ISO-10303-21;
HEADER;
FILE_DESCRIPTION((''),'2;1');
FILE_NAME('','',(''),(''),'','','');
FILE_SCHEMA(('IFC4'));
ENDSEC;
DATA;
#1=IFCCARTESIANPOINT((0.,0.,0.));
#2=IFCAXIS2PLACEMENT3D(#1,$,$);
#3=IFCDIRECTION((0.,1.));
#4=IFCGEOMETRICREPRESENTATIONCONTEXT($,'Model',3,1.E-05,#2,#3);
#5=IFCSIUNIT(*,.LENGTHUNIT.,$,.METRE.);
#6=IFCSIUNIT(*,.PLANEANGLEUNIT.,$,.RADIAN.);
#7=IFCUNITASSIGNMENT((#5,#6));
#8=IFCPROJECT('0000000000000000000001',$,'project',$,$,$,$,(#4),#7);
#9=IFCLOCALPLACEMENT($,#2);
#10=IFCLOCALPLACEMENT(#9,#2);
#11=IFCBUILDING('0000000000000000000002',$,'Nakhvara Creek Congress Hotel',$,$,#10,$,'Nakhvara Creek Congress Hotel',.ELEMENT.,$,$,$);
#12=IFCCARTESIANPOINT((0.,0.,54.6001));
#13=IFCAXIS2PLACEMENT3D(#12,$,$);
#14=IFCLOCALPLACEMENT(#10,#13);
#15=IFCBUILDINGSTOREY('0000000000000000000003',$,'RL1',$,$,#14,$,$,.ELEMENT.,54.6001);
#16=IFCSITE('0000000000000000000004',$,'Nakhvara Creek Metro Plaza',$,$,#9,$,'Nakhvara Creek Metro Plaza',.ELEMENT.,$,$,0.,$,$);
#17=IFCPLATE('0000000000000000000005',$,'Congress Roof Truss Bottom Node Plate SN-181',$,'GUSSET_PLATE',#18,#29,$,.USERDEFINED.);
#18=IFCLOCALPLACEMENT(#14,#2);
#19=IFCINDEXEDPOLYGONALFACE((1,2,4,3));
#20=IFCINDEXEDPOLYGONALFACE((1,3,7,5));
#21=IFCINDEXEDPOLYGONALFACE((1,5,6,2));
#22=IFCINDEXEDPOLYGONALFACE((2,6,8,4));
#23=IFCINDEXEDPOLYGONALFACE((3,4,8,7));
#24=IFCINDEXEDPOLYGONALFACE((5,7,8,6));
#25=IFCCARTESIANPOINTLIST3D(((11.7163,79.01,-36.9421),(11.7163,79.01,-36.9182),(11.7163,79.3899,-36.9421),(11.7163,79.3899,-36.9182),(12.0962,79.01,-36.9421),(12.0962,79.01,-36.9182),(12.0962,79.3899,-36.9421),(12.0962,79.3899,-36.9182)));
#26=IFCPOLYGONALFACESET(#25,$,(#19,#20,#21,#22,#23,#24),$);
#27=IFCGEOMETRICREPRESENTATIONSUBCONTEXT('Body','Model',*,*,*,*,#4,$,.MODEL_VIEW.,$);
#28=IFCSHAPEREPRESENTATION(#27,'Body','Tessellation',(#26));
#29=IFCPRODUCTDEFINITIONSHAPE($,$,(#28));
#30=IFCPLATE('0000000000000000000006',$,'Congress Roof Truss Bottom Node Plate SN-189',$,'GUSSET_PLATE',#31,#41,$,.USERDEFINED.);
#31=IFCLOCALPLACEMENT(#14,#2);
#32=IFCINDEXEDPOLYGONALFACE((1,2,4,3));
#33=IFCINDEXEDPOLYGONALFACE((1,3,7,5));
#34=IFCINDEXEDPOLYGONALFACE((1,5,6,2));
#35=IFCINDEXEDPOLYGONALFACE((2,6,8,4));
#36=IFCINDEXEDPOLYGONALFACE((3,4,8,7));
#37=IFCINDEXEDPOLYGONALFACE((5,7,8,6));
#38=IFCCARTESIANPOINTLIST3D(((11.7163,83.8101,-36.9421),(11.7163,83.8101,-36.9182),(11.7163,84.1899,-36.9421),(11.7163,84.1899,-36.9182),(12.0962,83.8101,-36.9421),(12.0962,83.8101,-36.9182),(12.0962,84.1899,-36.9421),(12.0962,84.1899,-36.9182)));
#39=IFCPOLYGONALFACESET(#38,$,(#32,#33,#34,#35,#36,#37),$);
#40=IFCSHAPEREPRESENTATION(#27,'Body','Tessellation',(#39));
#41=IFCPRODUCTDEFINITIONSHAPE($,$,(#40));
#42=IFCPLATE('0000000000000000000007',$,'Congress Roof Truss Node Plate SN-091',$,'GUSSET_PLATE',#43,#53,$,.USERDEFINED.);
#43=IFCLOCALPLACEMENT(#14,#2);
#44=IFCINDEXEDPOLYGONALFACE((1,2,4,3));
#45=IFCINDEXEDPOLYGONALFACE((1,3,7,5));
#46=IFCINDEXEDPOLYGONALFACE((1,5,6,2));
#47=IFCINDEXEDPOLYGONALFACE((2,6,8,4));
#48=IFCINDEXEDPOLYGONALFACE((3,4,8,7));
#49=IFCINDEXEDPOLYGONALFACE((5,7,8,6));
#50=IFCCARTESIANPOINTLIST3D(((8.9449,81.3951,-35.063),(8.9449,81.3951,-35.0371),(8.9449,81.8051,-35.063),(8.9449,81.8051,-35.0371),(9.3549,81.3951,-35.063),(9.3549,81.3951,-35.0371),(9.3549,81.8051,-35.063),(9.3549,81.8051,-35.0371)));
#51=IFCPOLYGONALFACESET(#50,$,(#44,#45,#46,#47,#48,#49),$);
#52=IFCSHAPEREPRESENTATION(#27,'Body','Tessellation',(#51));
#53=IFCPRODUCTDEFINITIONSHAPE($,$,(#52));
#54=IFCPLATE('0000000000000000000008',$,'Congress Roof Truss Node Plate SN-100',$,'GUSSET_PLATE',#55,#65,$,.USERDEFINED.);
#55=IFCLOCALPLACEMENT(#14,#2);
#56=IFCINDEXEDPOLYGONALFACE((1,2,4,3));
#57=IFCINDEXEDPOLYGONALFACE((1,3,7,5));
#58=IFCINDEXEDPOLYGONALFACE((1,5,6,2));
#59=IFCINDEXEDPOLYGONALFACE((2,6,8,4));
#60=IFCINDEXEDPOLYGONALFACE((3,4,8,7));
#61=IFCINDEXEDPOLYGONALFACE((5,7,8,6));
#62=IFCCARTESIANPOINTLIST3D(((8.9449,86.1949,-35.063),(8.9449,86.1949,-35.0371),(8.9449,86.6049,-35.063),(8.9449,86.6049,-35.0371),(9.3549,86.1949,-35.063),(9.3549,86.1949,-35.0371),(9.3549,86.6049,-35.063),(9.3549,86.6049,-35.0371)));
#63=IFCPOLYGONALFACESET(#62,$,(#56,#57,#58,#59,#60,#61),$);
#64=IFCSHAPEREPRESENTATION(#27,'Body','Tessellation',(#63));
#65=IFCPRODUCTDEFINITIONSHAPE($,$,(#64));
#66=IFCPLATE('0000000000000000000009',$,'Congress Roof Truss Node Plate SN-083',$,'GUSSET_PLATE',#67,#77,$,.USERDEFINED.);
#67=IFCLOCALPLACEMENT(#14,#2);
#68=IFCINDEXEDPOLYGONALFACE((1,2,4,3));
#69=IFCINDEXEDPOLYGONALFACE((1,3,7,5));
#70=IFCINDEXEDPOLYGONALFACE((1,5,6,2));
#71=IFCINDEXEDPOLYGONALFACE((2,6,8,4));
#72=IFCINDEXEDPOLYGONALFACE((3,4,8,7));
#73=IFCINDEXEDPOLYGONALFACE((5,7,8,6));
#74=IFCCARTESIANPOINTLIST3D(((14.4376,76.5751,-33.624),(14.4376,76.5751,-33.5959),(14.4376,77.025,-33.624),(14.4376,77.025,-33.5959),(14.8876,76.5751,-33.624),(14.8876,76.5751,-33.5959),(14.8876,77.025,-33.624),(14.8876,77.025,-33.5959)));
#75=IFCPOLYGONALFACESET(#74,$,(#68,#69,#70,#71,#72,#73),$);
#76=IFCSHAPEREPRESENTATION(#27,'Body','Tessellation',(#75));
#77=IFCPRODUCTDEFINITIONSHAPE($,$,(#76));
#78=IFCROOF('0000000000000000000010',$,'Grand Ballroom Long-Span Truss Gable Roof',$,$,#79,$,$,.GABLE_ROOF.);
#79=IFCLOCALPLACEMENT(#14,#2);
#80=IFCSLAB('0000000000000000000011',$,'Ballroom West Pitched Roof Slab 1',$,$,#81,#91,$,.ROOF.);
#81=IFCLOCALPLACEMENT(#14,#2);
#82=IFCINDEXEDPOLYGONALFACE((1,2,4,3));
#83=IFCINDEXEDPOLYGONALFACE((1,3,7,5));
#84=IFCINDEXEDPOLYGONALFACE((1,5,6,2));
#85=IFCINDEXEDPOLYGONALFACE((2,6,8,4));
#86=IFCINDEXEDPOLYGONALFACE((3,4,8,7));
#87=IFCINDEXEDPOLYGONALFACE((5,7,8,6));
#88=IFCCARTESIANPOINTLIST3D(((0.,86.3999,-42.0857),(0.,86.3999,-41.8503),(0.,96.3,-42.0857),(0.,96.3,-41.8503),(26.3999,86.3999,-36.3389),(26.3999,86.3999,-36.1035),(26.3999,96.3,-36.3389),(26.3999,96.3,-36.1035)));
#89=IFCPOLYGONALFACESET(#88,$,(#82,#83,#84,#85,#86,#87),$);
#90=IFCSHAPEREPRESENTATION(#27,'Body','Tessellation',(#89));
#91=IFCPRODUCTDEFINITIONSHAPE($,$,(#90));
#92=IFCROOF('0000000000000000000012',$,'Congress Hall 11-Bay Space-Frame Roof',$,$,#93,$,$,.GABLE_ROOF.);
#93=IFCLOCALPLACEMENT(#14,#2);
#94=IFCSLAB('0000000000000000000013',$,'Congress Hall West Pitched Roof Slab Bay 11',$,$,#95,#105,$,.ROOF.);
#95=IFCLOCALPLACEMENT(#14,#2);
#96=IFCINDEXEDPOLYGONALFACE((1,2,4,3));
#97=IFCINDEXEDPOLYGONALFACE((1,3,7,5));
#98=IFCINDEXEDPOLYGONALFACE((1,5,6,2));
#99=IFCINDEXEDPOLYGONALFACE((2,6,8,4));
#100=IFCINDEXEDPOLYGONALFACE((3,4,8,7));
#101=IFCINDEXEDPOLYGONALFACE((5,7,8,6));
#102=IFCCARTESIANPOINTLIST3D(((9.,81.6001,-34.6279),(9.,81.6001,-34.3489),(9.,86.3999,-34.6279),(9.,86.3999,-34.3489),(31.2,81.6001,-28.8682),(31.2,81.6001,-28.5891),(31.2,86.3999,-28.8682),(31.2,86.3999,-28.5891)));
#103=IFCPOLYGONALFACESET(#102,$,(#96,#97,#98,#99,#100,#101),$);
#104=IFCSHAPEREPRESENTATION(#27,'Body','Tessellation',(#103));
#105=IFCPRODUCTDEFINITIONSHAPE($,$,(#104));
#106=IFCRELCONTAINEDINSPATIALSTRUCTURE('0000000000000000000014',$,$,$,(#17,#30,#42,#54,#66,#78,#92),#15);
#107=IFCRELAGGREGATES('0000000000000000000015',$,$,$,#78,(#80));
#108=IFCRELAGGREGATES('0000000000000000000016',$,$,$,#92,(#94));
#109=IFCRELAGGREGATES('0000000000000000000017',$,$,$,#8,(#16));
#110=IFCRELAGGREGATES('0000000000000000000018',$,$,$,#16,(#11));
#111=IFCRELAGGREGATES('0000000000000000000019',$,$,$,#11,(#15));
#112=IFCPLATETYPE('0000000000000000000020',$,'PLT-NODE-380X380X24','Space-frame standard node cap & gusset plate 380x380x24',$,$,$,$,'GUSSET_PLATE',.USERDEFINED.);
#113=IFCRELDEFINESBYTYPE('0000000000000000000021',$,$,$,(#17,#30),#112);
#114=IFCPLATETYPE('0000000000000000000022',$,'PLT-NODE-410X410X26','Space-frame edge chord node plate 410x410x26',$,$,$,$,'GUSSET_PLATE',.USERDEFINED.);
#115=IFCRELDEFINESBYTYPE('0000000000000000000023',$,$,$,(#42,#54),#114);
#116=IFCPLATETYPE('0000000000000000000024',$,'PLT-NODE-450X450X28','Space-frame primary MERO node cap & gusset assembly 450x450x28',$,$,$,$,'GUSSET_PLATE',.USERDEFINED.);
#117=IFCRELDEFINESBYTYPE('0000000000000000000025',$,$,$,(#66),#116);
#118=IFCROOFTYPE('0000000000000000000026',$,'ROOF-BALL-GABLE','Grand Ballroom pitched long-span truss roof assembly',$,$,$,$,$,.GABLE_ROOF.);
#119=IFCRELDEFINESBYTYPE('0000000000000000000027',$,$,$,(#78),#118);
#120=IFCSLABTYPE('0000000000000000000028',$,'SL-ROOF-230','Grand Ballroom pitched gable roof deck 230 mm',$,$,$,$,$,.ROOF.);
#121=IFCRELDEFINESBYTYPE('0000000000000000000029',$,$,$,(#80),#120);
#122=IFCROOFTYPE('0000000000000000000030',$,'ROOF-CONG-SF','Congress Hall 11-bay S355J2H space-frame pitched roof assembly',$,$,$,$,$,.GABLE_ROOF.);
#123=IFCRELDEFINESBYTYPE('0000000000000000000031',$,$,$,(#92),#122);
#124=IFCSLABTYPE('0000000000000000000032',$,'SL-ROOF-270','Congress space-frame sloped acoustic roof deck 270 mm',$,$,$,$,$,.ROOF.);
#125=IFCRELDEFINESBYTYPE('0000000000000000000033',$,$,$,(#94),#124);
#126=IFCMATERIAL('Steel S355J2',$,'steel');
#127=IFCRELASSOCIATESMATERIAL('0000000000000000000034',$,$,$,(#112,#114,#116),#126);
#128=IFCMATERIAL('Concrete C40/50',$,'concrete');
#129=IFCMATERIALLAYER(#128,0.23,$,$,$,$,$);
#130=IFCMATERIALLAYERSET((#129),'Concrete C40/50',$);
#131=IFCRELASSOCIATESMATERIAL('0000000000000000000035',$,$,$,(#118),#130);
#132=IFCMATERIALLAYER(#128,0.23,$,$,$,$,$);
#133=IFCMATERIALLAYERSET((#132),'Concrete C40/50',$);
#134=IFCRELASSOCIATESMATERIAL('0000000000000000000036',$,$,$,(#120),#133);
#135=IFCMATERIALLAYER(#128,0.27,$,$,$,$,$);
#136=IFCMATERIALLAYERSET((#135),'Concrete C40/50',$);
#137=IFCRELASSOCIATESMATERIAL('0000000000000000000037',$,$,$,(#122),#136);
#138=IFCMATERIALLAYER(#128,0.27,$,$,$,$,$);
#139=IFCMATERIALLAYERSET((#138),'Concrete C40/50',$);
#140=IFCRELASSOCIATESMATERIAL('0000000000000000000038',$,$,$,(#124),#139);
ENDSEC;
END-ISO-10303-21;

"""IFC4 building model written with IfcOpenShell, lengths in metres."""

from ifc_helpers import new_model, si_unit, direction, frame, origin, origin_2d, place, context, subcontext, project, spatial, polyline, rectangle, outline, extrude, material, layer, layer_set, type_object, element, aggregate, save


model = new_model("IFC4")

# Units and contexts
model_context = context("Model", 3, precision=1e-05, world=origin(), true_north=direction((0.0, 1.0)))
body_context = subcontext(model_context, "Body", "Model", "MODEL_VIEW")
ifc_project = project(units=[si_unit("LENGTHUNIT", "METRE"), si_unit("PLANEANGLEUNIT", "RADIAN")], contexts=[model_context])

# Site, building, storey
site_placement = place(None, origin())
site = spatial("IfcSite", under=ifc_project, at=site_placement, Name="Nakhvara Creek Metro Plaza", LongName="Nakhvara Creek Metro Plaza", CompositionType="ELEMENT", RefElevation=0.0)
building_placement = place(site_placement, origin())
building = spatial("IfcBuilding", under=site, at=building_placement, Name="Nakhvara Creek Congress Hotel", LongName="Nakhvara Creek Congress Hotel", CompositionType="ELEMENT")
storey_placement = place(building_placement, frame((0.0, 0.0, 54.6001)))
storey = spatial("IfcBuildingStorey", under=building, at=storey_placement, Name="RL1", CompositionType="ELEMENT", Elevation=54.6001)

# Plates
ifc_material_1 = material(Name="Steel S355J2", Category="steel")
plate_type_1 = type_object("IfcPlateType", Name="PLT-NODE-380X380X24", Description="Space-frame standard node cap & gusset plate 380x380x24", ElementType="GUSSET_PLATE", PredefinedType="USERDEFINED", material=ifc_material_1)
for number, where, z_axis, x_axis, name in (
    (1, (11.9062, 79.2, -36.9421), (0.0, 0.0, 1.0), (1.0, 0.0, 0.0), "Congress Roof Truss Bottom Node Plate SN-181"),
    (2, (11.9062, 84.0, -36.9421), (0.0, 0.0, 1.0), (1.0, 0.0, 0.0), "Congress Roof Truss Bottom Node Plate SN-189"),
):
    element("IfcPlate", number, at=place(storey_placement, frame(where, z_axis=z_axis, x_axis=x_axis)), inside=storey, type_object=plate_type_1, Name=name, ObjectType="GUSSET_PLATE", PredefinedType="USERDEFINED", context=body_context, shape_type="SweptSolid", body=[
        extrude(rectangle(XDim=0.3799, YDim=0.3799, at=origin_2d()), origin(), (0.0, 0.0, 1.0), 0.0239),
    ])
plate_type_2 = type_object("IfcPlateType", Name="PLT-NODE-410X410X26", Description="Space-frame edge chord node plate 410x410x26", ElementType="GUSSET_PLATE", PredefinedType="USERDEFINED", material=ifc_material_1)
for number, where, z_axis, x_axis, name in (
    (3, (9.1499, 81.6001, -35.063), (0.0, 0.0, 1.0), (1.0, 0.0, 0.0), "Congress Roof Truss Node Plate SN-091"),
    (4, (9.1499, 86.3999, -35.063), (0.0, 0.0, 1.0), (1.0, 0.0, 0.0), "Congress Roof Truss Node Plate SN-100"),
):
    element("IfcPlate", number, at=place(storey_placement, frame(where, z_axis=z_axis, x_axis=x_axis)), inside=storey, type_object=plate_type_2, Name=name, ObjectType="GUSSET_PLATE", PredefinedType="USERDEFINED", context=body_context, shape_type="SweptSolid", body=[
        extrude(rectangle(XDim=0.4099, YDim=0.4099, at=origin_2d()), origin(), (0.0, 0.0, 1.0), 0.0259),
    ])
plate_type_3 = type_object("IfcPlateType", Name="PLT-NODE-450X450X28", Description="Space-frame primary MERO node cap & gusset assembly 450x450x28", ElementType="GUSSET_PLATE", PredefinedType="USERDEFINED", material=ifc_material_1)
plate_placement = place(storey_placement, frame((14.6626, 76.8, -33.624), z_axis=(0.0, 0.0, 1.0), x_axis=(1.0, 0.0, 0.0)))
element("IfcPlate", 5, at=plate_placement, inside=storey, type_object=plate_type_3, Name="Congress Roof Truss Node Plate SN-083", ObjectType="GUSSET_PLATE", PredefinedType="USERDEFINED", context=body_context, shape_type="SweptSolid", body=[
    extrude(rectangle(XDim=0.45, YDim=0.45, at=origin_2d()), origin(), (0.0, 0.0, 1.0), 0.0281),
])

# Roofs, slabs
ifc_material_2 = material(Name="Concrete C40/50", Category="concrete")
ifc_layer_1 = layer(ifc_material_2, 0.23)
ifc_layer_set_1 = layer_set([ifc_layer_1], Name="Concrete C40/50")
roof_type_1 = type_object("IfcRoofType", Name="ROOF-BALL-GABLE", Description="Grand Ballroom pitched long-span truss roof assembly", PredefinedType="GABLE_ROOF", material=ifc_layer_set_1)
roof_1_placement = place(storey_placement, origin())
roof_1 = element("IfcRoof", 6, at=roof_1_placement, inside=storey, type_object=roof_type_1, Name="Grand Ballroom Long-Span Truss Gable Roof", PredefinedType="GABLE_ROOF")
ifc_layer_2 = layer(ifc_material_2, 0.23)
ifc_layer_set_2 = layer_set([ifc_layer_2], Name="Concrete C40/50")
slab_type_1 = type_object("IfcSlabType", Name="SL-ROOF-230", Description="Grand Ballroom pitched gable roof deck 230 mm", PredefinedType="ROOF", material=ifc_layer_set_2)
slab_1_placement = place(storey_placement, frame((0.0, 86.3999, -41.8503), z_axis=(0.0, 0.0, 1.0), x_axis=(1.0, 0.0, 0.0)))
slab_1 = element("IfcSlab", 7, at=slab_1_placement, type_object=slab_type_1, Name="Ballroom West Pitched Roof Slab 1", PredefinedType="ROOF", context=body_context, shape_type="SweptSolid", body=[
    extrude(outline(polyline([(0.0, 0.0), (26.3999, 5.7468), (26.3999, 5.5115), (0.0, -0.2354), (0.0, 0.0)])), frame((0.0, 9.9001, 0.0), z_axis=(0.0, -1.0, 0.0), x_axis=(1.0, 0.0, 0.0)), (0.0, 0.0, 1.0), 9.9001),
])
aggregate(roof_1, [slab_1])
ifc_layer_3 = layer(ifc_material_2, 0.27)
ifc_layer_set_3 = layer_set([ifc_layer_3], Name="Concrete C40/50")
roof_type_2 = type_object("IfcRoofType", Name="ROOF-CONG-SF", Description="Congress Hall 11-bay S355J2H space-frame pitched roof assembly", PredefinedType="GABLE_ROOF", material=ifc_layer_set_3)
roof_2_placement = place(storey_placement, origin())
roof_2 = element("IfcRoof", 8, at=roof_2_placement, inside=storey, type_object=roof_type_2, Name="Congress Hall 11-Bay Space-Frame Roof", PredefinedType="GABLE_ROOF")
ifc_layer_4 = layer(ifc_material_2, 0.27)
ifc_layer_set_4 = layer_set([ifc_layer_4], Name="Concrete C40/50")
slab_type_2 = type_object("IfcSlabType", Name="SL-ROOF-270", Description="Congress space-frame sloped acoustic roof deck 270 mm", PredefinedType="ROOF", material=ifc_layer_set_4)
slab_2_placement = place(storey_placement, frame((9.0, 81.6001, -34.3489), z_axis=(0.0, 0.0, 1.0), x_axis=(1.0, 0.0, 0.0)))
slab_2 = element("IfcSlab", 9, at=slab_2_placement, type_object=slab_type_2, Name="Congress Hall West Pitched Roof Slab Bay 11", PredefinedType="ROOF", context=body_context, shape_type="SweptSolid", body=[
    extrude(outline(polyline([(0.0, 0.0), (22.2, 5.7598), (22.2, 5.4807), (0.0, -0.2791), (0.0, 0.0)])), frame((0.0, 4.7998, 0.0), z_axis=(0.0, -1.0, 0.0), x_axis=(1.0, 0.0, 0.0)), (0.0, 0.0, 1.0), 4.7998),
])
aggregate(roof_2, [slab_2])

save(model, "model.ifc")
